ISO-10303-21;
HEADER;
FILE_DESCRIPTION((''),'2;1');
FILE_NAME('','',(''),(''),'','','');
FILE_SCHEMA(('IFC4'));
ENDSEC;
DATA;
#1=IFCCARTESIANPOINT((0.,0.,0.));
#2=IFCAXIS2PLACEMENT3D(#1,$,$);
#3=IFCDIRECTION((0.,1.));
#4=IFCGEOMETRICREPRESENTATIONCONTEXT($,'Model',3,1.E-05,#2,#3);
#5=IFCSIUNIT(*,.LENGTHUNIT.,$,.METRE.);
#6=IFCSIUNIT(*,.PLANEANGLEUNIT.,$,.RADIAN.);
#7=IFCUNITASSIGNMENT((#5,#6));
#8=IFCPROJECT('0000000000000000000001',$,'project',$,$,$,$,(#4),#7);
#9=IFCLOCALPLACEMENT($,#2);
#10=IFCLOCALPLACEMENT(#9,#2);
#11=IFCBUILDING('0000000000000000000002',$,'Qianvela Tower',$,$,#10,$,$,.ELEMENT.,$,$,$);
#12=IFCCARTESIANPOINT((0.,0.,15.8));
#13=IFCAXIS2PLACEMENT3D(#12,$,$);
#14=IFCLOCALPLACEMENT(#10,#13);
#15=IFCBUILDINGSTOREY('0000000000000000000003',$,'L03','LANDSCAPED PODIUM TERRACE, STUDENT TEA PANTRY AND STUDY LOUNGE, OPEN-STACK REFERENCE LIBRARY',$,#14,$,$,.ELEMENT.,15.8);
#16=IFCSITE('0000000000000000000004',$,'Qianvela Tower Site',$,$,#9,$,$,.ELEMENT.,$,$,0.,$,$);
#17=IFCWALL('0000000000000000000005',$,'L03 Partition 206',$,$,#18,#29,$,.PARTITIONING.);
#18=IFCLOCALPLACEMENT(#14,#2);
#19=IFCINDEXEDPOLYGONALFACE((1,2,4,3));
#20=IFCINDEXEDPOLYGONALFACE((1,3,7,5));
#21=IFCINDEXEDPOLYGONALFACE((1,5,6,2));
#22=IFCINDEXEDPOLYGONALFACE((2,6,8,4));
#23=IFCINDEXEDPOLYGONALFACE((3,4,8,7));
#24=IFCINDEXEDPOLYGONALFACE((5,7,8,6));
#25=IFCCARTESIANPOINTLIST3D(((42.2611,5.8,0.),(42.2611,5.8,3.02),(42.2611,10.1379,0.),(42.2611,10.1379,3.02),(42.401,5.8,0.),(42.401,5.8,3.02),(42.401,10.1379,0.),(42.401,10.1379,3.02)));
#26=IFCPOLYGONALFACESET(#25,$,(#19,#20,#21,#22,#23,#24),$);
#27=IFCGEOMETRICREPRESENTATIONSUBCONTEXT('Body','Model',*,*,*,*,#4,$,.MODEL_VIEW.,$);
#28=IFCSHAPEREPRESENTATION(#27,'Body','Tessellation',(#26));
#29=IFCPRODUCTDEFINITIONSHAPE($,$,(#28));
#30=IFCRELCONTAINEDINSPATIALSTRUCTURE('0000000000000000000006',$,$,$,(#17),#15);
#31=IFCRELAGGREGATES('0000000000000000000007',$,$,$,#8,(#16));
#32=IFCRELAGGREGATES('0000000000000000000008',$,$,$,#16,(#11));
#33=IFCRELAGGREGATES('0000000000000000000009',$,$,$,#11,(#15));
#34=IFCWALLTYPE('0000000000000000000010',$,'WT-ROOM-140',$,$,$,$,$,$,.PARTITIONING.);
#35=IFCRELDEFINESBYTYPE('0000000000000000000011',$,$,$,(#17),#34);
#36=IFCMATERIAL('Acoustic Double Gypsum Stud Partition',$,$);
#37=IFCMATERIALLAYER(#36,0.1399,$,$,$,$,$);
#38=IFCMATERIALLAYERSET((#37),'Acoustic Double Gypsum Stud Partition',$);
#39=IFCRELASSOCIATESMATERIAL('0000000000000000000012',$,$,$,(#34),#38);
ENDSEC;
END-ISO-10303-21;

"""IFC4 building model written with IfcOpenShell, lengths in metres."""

from ifc_helpers import new_model, si_unit, direction, frame, frame_2d, origin, place, context, subcontext, project, spatial, rectangle, extrude, material, layer, layer_set, type_object, element, save


model = new_model("IFC4")

# Units and contexts
model_context = context("Model", 3, precision=1e-05, world=origin(), true_north=direction((0.0, 1.0)))
body_context = subcontext(model_context, "Body", "Model", "MODEL_VIEW")
ifc_project = project(units=[si_unit("LENGTHUNIT", "METRE"), si_unit("PLANEANGLEUNIT", "RADIAN")], contexts=[model_context])

# Site, building, storey
site_placement = place(None, origin())
site = spatial("IfcSite", under=ifc_project, at=site_placement, Name="Qianvela Tower Site", CompositionType="ELEMENT", RefElevation=0.0)
building_placement = place(site_placement, origin())
building = spatial("IfcBuilding", under=site, at=building_placement, Name="Qianvela Tower", CompositionType="ELEMENT")
storey_placement = place(building_placement, frame((0.0, 0.0, 15.8)))
storey = spatial("IfcBuildingStorey", under=building, at=storey_placement, Name="L03", Description="LANDSCAPED PODIUM TERRACE, STUDENT TEA PANTRY AND STUDY LOUNGE, OPEN-STACK REFERENCE LIBRARY", CompositionType="ELEMENT", Elevation=15.8)

# Wall
ifc_material_1 = material(Name="Acoustic Double Gypsum Stud Partition")
ifc_layer_1 = layer(ifc_material_1, 0.1399)
ifc_layer_set_1 = layer_set([ifc_layer_1], Name="Acoustic Double Gypsum Stud Partition")
wall_type_1 = type_object("IfcWallType", Name="WT-ROOM-140", PredefinedType="PARTITIONING", material=ifc_layer_set_1)
wall_1_placement = place(storey_placement, frame((42.3311, 5.8, 0.0), z_axis=(0.0, 0.0, 1.0), x_axis=(0.0, 1.0, 0.0)))
element("IfcWall", 1, at=wall_1_placement, inside=storey, type_object=wall_type_1, Name="L03 Partition 206", PredefinedType="PARTITIONING", context=body_context, shape_type="SweptSolid", body=[
    extrude(rectangle(XDim=4.3379, YDim=0.1399, at=frame_2d((2.1689, 0.0))), origin(), (0.0, 0.0, 1.0), 3.02),
])

save(model, "model.ifc")
